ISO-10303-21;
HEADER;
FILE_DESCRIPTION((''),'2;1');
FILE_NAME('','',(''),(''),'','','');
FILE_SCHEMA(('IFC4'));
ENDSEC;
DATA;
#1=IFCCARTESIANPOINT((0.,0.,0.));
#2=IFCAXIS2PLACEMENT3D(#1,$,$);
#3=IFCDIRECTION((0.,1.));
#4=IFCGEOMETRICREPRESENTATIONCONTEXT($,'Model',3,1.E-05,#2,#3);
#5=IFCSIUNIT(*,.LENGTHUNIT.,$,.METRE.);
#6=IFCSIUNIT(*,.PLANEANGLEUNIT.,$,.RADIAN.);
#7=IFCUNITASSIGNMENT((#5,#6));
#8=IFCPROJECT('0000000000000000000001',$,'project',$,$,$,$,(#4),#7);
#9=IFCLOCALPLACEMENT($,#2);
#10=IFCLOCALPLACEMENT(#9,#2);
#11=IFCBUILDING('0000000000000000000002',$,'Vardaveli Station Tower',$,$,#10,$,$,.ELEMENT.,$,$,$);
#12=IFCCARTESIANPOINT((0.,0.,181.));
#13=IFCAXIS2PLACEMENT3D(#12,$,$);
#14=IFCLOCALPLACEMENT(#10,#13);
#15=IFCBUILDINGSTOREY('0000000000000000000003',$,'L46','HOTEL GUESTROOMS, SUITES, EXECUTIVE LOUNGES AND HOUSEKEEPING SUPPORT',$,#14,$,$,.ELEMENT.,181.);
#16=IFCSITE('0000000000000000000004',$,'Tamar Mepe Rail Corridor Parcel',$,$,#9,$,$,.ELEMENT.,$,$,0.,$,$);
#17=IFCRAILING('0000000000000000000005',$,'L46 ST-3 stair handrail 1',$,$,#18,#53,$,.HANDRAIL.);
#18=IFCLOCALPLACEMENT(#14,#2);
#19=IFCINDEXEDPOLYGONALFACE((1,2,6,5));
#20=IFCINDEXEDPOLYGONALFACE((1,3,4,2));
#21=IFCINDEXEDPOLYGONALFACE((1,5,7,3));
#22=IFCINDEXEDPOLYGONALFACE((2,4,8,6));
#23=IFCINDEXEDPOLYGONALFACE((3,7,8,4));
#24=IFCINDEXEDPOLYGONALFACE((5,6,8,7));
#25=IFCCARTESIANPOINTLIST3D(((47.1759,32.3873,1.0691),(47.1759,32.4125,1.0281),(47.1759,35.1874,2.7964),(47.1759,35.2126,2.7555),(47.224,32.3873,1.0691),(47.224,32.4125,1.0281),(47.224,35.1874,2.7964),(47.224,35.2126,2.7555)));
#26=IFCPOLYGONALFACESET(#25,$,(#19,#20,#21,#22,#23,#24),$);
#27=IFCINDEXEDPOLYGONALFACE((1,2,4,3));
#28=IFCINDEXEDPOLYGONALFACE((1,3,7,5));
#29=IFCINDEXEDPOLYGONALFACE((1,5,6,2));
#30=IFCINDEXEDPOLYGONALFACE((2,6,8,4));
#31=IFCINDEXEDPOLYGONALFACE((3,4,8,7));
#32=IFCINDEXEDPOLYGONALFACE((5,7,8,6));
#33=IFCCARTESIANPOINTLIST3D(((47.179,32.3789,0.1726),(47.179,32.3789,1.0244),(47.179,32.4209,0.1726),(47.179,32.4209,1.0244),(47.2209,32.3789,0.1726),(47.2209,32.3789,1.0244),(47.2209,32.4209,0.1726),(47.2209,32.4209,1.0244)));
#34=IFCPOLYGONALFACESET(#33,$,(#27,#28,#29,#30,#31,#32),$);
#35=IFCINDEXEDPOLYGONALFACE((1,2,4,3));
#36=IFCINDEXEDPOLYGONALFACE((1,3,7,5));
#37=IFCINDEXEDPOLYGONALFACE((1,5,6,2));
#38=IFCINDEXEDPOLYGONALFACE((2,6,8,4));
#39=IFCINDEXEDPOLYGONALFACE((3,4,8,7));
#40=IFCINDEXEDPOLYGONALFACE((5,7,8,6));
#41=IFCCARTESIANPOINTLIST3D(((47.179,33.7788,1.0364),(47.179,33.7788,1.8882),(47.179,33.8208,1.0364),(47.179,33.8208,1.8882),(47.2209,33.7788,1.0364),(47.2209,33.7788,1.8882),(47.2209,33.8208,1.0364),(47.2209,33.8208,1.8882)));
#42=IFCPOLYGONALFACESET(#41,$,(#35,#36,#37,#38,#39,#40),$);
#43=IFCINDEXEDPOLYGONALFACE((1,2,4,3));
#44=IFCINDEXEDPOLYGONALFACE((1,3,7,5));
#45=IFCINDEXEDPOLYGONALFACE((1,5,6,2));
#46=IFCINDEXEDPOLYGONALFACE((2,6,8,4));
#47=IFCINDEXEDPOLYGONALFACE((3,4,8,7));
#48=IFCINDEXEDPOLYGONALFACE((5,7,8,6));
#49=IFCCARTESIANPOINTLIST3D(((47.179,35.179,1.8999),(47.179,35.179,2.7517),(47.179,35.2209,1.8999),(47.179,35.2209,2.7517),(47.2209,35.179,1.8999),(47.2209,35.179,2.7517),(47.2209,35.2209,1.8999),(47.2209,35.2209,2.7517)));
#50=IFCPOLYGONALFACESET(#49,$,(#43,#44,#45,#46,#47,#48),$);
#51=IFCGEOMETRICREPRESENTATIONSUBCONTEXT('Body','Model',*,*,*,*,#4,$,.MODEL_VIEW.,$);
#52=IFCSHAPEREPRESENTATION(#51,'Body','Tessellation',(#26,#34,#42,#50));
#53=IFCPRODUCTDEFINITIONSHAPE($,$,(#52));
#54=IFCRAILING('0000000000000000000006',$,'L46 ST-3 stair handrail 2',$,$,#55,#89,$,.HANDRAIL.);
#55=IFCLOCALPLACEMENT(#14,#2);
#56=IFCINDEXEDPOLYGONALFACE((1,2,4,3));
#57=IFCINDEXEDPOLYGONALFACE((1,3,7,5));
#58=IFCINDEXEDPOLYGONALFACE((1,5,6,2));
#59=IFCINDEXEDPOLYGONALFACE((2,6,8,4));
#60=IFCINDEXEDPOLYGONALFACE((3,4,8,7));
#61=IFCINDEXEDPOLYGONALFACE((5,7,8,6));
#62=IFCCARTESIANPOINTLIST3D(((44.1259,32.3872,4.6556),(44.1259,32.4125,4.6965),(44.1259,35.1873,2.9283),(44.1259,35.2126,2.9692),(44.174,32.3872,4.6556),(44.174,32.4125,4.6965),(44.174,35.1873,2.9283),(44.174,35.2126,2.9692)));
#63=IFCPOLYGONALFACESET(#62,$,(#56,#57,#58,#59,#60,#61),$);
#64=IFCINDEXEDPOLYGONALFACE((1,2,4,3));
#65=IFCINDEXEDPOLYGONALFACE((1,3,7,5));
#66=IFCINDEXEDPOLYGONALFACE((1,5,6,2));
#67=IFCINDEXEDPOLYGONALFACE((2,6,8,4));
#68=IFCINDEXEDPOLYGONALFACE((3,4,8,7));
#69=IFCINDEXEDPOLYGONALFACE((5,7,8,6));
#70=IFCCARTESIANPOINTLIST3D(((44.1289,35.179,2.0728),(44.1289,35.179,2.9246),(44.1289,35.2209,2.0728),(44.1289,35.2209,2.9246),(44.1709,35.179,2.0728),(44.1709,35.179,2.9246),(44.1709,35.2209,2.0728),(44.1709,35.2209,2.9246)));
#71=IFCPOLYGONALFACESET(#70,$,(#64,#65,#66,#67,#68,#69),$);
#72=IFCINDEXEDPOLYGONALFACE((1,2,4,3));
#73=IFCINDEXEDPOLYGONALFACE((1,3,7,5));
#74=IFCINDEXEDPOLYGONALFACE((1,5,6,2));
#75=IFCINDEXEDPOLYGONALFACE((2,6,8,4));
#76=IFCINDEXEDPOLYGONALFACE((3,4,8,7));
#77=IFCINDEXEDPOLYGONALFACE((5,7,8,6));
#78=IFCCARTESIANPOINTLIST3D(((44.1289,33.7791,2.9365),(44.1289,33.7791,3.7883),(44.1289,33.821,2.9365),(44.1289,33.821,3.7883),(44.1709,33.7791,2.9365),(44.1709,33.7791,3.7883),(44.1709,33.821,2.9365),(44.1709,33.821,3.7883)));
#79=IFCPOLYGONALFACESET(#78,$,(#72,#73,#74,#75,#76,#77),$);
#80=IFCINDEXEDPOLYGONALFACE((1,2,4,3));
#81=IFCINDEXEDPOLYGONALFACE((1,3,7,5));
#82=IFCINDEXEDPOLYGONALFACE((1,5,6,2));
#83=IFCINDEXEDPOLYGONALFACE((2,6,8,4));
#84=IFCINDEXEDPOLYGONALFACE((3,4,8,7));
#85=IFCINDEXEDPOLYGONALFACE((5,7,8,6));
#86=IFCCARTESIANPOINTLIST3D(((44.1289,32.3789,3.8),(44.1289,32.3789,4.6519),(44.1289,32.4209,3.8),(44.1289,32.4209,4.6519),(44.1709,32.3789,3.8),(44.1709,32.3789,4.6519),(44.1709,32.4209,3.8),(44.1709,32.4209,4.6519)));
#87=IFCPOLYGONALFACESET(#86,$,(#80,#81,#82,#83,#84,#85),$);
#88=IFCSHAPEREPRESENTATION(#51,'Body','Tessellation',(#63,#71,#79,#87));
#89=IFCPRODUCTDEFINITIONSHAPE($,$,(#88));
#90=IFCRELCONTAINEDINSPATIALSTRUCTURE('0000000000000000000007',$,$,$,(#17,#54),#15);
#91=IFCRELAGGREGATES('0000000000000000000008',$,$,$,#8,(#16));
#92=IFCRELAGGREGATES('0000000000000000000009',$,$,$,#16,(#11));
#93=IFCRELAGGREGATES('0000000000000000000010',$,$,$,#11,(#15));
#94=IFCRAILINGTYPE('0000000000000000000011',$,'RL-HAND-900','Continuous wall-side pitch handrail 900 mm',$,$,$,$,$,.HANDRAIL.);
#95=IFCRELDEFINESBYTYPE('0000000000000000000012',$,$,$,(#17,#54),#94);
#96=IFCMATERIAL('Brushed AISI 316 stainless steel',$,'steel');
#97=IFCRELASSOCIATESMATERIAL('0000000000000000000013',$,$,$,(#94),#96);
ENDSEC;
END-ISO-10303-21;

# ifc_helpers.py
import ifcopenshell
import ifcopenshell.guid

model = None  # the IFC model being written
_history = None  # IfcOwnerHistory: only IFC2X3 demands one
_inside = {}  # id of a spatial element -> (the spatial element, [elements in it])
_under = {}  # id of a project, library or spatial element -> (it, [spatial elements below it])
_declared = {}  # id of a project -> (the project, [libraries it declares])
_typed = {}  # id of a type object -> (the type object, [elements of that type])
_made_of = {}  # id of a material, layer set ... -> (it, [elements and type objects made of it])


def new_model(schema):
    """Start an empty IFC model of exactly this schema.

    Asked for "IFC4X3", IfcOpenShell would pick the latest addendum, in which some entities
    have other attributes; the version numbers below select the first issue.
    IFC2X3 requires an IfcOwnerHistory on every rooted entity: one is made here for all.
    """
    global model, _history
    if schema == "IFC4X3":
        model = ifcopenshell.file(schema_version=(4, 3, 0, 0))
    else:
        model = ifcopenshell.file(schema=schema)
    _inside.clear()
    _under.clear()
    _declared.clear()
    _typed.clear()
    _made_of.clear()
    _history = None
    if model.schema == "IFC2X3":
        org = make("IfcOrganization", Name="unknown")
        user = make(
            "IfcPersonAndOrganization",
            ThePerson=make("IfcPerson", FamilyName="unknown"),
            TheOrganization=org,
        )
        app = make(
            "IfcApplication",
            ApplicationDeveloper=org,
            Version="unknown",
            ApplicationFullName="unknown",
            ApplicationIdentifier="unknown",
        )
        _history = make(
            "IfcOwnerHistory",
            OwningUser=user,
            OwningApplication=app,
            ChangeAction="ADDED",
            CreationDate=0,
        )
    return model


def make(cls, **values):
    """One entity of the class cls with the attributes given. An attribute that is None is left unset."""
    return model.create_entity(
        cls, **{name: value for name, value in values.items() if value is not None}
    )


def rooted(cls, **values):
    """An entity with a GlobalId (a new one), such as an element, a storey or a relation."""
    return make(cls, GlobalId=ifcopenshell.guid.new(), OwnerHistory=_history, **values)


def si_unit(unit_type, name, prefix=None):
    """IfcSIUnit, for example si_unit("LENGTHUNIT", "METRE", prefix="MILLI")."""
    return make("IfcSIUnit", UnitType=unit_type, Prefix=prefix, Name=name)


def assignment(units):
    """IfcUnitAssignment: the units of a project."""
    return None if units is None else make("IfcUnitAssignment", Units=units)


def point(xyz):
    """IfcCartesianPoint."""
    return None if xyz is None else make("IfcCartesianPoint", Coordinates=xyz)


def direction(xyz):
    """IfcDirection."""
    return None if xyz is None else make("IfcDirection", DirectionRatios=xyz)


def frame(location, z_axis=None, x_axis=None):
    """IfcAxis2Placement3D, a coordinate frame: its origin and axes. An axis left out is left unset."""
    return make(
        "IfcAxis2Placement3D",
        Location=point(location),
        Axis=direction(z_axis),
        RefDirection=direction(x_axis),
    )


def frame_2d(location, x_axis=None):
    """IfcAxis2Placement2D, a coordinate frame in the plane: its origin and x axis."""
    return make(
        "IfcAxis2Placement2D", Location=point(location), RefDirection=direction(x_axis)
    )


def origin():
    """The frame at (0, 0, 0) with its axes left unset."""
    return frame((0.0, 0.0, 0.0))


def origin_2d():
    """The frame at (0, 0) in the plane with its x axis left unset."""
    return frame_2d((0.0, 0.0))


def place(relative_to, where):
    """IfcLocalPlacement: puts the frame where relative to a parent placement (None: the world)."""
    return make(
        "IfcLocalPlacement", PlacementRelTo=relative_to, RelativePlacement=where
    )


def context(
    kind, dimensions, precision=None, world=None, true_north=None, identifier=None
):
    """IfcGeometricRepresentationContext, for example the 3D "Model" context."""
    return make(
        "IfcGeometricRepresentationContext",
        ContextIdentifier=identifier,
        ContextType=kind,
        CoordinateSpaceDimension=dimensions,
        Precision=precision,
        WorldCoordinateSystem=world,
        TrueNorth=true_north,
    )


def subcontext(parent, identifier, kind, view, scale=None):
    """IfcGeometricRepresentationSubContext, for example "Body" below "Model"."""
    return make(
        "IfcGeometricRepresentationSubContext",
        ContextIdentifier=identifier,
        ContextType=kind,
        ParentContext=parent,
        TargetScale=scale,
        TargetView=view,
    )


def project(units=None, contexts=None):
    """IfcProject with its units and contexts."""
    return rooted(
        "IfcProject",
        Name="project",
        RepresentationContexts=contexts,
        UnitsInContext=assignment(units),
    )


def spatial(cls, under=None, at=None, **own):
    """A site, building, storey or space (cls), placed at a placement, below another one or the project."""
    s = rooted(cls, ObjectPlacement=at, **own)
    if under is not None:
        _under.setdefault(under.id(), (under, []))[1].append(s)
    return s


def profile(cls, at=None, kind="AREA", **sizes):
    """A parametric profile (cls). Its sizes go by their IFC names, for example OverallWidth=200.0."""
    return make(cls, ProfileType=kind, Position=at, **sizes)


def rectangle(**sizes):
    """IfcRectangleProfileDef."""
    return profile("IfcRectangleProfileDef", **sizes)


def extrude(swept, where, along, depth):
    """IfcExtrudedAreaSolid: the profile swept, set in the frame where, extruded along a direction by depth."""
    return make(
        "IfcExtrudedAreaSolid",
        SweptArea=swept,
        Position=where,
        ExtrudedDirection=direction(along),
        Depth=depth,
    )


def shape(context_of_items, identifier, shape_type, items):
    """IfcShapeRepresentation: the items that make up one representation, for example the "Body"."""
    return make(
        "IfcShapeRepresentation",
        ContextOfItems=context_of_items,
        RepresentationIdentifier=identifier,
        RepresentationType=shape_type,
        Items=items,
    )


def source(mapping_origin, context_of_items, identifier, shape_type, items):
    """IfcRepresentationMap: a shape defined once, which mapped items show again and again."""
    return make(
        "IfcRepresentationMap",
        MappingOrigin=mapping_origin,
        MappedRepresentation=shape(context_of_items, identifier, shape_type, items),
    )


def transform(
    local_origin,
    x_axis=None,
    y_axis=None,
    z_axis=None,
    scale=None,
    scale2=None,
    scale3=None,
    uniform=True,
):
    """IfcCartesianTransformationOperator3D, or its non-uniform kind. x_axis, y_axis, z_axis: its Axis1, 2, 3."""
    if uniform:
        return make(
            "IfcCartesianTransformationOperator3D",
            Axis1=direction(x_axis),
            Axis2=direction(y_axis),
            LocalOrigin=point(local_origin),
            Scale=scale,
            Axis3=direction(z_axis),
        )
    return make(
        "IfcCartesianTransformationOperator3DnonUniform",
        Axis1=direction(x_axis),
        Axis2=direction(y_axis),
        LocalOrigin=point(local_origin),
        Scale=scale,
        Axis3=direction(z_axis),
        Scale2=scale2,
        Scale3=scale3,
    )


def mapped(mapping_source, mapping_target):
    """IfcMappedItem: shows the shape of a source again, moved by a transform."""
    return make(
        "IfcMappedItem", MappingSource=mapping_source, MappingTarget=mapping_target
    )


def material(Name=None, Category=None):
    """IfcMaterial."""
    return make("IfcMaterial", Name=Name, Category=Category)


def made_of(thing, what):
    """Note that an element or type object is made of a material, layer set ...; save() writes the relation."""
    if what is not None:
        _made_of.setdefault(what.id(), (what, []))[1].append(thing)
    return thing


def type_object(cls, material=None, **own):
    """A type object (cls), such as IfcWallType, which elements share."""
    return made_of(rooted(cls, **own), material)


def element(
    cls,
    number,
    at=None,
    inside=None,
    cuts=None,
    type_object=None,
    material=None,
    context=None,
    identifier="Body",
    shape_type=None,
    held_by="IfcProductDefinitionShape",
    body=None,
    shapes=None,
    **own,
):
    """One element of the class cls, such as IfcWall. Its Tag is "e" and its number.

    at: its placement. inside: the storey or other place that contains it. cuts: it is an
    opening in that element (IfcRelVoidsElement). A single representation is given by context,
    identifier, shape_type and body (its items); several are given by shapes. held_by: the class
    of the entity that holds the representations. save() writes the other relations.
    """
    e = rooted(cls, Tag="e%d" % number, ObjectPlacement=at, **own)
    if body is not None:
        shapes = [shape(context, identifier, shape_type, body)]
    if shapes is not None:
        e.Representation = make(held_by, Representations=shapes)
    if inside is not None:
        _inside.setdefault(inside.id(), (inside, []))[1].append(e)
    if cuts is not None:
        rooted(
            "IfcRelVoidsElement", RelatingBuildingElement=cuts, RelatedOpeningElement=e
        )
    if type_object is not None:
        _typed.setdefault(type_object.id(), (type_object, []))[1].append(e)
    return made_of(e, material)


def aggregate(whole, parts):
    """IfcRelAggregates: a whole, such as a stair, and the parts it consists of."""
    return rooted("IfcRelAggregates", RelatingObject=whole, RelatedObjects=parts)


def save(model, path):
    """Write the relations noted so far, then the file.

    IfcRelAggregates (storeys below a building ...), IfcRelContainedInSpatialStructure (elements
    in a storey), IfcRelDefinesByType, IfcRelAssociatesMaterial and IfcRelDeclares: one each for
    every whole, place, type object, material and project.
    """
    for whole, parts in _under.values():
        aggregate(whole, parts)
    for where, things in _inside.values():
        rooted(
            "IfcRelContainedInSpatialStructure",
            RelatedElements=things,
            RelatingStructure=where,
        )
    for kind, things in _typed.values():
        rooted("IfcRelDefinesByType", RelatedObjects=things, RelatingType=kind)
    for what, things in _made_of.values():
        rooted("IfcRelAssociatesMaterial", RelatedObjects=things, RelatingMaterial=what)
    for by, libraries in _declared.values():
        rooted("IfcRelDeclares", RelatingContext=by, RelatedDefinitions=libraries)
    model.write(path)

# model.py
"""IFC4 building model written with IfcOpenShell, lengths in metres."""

from ifc_helpers import new_model, si_unit, direction, frame, origin, origin_2d, place, context, subcontext, project, spatial, rectangle, extrude, source, transform, mapped, material, type_object, element, save


model = new_model("IFC4")

# Units and contexts
model_context = context("Model", 3, precision=1e-05, world=origin(), true_north=direction((0.0, 1.0)))
body_context = subcontext(model_context, "Body", "Model", "MODEL_VIEW")
ifc_project = project(units=[si_unit("LENGTHUNIT", "METRE"), si_unit("PLANEANGLEUNIT", "RADIAN")], contexts=[model_context])

# Site, building, storey
site_placement = place(None, origin())
site = spatial("IfcSite", under=ifc_project, at=site_placement, Name="Tamar Mepe Rail Corridor Parcel", CompositionType="ELEMENT", RefElevation=0.0)
building_placement = place(site_placement, origin())
building = spatial("IfcBuilding", under=site, at=building_placement, Name="Vardaveli Station Tower", CompositionType="ELEMENT")
storey_placement = place(building_placement, frame((0.0, 0.0, 181.0)))
storey = spatial("IfcBuildingStorey", under=building, at=storey_placement, Name="L46", Description="HOTEL GUESTROOMS, SUITES, EXECUTIVE LOUNGES AND HOUSEKEEPING SUPPORT", CompositionType="ELEMENT", Elevation=181.0)

# Railings
ifc_material_1 = material(Name="Brushed AISI 316 stainless steel", Category="steel")
railing_type_1 = type_object("IfcRailingType", Name="RL-HAND-900", Description="Continuous wall-side pitch handrail 900 mm", PredefinedType="HANDRAIL", material=ifc_material_1)
shared_shape_1 = source(origin(), body_context, "Body", "SweptSolid", [
    extrude(rectangle(XDim=0.0481, YDim=0.0481, at=origin_2d()), frame((0.0, 0.0, 0.876), z_axis=(0.0, 0.85109, 0.52502), x_axis=(-1.0, 0.0, 0.0)), (0.0, 0.0, 1.0), 3.29),
    extrude(rectangle(XDim=0.042, YDim=0.042, at=origin_2d()), origin(), (0.0, 0.0, 1.0), 0.8518),
    extrude(rectangle(XDim=0.042, YDim=0.042, at=origin_2d()), frame((0.0, 1.3999, 0.8638)), (0.0, 0.0, 1.0), 0.8518),
    extrude(rectangle(XDim=0.042, YDim=0.042, at=origin_2d()), frame((0.0, 2.8, 1.7273)), (0.0, 0.0, 1.0), 0.8518),
])
railing_1_placement = place(storey_placement, frame((47.2, 32.3999, 0.1726)))
element("IfcRailing", 1, at=railing_1_placement, inside=storey, type_object=railing_type_1, Name="L46 ST-3 stair handrail 1", PredefinedType="HANDRAIL", context=body_context, shape_type="MappedRepresentation", body=[
    mapped(shared_shape_1, transform((0.0, 0.0, 0.0), scale=1.0)),
])
shared_shape_2 = source(origin(), body_context, "Body", "SweptSolid", [
    extrude(rectangle(XDim=0.0481, YDim=0.0481, at=origin_2d()), frame((0.0, 0.0, 0.876), z_axis=(0.0, -0.85109, 0.52502), x_axis=(1.0, 0.0, 0.0)), (0.0, 0.0, 1.0), 3.29),
    extrude(rectangle(XDim=0.042, YDim=0.042, at=origin_2d()), origin(), (0.0, 0.0, 1.0), 0.8518),
    extrude(rectangle(XDim=0.042, YDim=0.042, at=origin_2d()), frame((0.0, -1.3999, 0.8638)), (0.0, 0.0, 1.0), 0.8518),
    extrude(rectangle(XDim=0.042, YDim=0.042, at=origin_2d()), frame((0.0, -2.8, 1.7273)), (0.0, 0.0, 1.0), 0.8518),
])
railing_2_placement = place(storey_placement, frame((44.1499, 35.2, 2.0728)))
element("IfcRailing", 2, at=railing_2_placement, inside=storey, type_object=railing_type_1, Name="L46 ST-3 stair handrail 2", PredefinedType="HANDRAIL", context=body_context, shape_type="MappedRepresentation", body=[
    mapped(shared_shape_2, transform((0.0, 0.0, 0.0), scale=1.0)),
])

save(model, "model.ifc")
